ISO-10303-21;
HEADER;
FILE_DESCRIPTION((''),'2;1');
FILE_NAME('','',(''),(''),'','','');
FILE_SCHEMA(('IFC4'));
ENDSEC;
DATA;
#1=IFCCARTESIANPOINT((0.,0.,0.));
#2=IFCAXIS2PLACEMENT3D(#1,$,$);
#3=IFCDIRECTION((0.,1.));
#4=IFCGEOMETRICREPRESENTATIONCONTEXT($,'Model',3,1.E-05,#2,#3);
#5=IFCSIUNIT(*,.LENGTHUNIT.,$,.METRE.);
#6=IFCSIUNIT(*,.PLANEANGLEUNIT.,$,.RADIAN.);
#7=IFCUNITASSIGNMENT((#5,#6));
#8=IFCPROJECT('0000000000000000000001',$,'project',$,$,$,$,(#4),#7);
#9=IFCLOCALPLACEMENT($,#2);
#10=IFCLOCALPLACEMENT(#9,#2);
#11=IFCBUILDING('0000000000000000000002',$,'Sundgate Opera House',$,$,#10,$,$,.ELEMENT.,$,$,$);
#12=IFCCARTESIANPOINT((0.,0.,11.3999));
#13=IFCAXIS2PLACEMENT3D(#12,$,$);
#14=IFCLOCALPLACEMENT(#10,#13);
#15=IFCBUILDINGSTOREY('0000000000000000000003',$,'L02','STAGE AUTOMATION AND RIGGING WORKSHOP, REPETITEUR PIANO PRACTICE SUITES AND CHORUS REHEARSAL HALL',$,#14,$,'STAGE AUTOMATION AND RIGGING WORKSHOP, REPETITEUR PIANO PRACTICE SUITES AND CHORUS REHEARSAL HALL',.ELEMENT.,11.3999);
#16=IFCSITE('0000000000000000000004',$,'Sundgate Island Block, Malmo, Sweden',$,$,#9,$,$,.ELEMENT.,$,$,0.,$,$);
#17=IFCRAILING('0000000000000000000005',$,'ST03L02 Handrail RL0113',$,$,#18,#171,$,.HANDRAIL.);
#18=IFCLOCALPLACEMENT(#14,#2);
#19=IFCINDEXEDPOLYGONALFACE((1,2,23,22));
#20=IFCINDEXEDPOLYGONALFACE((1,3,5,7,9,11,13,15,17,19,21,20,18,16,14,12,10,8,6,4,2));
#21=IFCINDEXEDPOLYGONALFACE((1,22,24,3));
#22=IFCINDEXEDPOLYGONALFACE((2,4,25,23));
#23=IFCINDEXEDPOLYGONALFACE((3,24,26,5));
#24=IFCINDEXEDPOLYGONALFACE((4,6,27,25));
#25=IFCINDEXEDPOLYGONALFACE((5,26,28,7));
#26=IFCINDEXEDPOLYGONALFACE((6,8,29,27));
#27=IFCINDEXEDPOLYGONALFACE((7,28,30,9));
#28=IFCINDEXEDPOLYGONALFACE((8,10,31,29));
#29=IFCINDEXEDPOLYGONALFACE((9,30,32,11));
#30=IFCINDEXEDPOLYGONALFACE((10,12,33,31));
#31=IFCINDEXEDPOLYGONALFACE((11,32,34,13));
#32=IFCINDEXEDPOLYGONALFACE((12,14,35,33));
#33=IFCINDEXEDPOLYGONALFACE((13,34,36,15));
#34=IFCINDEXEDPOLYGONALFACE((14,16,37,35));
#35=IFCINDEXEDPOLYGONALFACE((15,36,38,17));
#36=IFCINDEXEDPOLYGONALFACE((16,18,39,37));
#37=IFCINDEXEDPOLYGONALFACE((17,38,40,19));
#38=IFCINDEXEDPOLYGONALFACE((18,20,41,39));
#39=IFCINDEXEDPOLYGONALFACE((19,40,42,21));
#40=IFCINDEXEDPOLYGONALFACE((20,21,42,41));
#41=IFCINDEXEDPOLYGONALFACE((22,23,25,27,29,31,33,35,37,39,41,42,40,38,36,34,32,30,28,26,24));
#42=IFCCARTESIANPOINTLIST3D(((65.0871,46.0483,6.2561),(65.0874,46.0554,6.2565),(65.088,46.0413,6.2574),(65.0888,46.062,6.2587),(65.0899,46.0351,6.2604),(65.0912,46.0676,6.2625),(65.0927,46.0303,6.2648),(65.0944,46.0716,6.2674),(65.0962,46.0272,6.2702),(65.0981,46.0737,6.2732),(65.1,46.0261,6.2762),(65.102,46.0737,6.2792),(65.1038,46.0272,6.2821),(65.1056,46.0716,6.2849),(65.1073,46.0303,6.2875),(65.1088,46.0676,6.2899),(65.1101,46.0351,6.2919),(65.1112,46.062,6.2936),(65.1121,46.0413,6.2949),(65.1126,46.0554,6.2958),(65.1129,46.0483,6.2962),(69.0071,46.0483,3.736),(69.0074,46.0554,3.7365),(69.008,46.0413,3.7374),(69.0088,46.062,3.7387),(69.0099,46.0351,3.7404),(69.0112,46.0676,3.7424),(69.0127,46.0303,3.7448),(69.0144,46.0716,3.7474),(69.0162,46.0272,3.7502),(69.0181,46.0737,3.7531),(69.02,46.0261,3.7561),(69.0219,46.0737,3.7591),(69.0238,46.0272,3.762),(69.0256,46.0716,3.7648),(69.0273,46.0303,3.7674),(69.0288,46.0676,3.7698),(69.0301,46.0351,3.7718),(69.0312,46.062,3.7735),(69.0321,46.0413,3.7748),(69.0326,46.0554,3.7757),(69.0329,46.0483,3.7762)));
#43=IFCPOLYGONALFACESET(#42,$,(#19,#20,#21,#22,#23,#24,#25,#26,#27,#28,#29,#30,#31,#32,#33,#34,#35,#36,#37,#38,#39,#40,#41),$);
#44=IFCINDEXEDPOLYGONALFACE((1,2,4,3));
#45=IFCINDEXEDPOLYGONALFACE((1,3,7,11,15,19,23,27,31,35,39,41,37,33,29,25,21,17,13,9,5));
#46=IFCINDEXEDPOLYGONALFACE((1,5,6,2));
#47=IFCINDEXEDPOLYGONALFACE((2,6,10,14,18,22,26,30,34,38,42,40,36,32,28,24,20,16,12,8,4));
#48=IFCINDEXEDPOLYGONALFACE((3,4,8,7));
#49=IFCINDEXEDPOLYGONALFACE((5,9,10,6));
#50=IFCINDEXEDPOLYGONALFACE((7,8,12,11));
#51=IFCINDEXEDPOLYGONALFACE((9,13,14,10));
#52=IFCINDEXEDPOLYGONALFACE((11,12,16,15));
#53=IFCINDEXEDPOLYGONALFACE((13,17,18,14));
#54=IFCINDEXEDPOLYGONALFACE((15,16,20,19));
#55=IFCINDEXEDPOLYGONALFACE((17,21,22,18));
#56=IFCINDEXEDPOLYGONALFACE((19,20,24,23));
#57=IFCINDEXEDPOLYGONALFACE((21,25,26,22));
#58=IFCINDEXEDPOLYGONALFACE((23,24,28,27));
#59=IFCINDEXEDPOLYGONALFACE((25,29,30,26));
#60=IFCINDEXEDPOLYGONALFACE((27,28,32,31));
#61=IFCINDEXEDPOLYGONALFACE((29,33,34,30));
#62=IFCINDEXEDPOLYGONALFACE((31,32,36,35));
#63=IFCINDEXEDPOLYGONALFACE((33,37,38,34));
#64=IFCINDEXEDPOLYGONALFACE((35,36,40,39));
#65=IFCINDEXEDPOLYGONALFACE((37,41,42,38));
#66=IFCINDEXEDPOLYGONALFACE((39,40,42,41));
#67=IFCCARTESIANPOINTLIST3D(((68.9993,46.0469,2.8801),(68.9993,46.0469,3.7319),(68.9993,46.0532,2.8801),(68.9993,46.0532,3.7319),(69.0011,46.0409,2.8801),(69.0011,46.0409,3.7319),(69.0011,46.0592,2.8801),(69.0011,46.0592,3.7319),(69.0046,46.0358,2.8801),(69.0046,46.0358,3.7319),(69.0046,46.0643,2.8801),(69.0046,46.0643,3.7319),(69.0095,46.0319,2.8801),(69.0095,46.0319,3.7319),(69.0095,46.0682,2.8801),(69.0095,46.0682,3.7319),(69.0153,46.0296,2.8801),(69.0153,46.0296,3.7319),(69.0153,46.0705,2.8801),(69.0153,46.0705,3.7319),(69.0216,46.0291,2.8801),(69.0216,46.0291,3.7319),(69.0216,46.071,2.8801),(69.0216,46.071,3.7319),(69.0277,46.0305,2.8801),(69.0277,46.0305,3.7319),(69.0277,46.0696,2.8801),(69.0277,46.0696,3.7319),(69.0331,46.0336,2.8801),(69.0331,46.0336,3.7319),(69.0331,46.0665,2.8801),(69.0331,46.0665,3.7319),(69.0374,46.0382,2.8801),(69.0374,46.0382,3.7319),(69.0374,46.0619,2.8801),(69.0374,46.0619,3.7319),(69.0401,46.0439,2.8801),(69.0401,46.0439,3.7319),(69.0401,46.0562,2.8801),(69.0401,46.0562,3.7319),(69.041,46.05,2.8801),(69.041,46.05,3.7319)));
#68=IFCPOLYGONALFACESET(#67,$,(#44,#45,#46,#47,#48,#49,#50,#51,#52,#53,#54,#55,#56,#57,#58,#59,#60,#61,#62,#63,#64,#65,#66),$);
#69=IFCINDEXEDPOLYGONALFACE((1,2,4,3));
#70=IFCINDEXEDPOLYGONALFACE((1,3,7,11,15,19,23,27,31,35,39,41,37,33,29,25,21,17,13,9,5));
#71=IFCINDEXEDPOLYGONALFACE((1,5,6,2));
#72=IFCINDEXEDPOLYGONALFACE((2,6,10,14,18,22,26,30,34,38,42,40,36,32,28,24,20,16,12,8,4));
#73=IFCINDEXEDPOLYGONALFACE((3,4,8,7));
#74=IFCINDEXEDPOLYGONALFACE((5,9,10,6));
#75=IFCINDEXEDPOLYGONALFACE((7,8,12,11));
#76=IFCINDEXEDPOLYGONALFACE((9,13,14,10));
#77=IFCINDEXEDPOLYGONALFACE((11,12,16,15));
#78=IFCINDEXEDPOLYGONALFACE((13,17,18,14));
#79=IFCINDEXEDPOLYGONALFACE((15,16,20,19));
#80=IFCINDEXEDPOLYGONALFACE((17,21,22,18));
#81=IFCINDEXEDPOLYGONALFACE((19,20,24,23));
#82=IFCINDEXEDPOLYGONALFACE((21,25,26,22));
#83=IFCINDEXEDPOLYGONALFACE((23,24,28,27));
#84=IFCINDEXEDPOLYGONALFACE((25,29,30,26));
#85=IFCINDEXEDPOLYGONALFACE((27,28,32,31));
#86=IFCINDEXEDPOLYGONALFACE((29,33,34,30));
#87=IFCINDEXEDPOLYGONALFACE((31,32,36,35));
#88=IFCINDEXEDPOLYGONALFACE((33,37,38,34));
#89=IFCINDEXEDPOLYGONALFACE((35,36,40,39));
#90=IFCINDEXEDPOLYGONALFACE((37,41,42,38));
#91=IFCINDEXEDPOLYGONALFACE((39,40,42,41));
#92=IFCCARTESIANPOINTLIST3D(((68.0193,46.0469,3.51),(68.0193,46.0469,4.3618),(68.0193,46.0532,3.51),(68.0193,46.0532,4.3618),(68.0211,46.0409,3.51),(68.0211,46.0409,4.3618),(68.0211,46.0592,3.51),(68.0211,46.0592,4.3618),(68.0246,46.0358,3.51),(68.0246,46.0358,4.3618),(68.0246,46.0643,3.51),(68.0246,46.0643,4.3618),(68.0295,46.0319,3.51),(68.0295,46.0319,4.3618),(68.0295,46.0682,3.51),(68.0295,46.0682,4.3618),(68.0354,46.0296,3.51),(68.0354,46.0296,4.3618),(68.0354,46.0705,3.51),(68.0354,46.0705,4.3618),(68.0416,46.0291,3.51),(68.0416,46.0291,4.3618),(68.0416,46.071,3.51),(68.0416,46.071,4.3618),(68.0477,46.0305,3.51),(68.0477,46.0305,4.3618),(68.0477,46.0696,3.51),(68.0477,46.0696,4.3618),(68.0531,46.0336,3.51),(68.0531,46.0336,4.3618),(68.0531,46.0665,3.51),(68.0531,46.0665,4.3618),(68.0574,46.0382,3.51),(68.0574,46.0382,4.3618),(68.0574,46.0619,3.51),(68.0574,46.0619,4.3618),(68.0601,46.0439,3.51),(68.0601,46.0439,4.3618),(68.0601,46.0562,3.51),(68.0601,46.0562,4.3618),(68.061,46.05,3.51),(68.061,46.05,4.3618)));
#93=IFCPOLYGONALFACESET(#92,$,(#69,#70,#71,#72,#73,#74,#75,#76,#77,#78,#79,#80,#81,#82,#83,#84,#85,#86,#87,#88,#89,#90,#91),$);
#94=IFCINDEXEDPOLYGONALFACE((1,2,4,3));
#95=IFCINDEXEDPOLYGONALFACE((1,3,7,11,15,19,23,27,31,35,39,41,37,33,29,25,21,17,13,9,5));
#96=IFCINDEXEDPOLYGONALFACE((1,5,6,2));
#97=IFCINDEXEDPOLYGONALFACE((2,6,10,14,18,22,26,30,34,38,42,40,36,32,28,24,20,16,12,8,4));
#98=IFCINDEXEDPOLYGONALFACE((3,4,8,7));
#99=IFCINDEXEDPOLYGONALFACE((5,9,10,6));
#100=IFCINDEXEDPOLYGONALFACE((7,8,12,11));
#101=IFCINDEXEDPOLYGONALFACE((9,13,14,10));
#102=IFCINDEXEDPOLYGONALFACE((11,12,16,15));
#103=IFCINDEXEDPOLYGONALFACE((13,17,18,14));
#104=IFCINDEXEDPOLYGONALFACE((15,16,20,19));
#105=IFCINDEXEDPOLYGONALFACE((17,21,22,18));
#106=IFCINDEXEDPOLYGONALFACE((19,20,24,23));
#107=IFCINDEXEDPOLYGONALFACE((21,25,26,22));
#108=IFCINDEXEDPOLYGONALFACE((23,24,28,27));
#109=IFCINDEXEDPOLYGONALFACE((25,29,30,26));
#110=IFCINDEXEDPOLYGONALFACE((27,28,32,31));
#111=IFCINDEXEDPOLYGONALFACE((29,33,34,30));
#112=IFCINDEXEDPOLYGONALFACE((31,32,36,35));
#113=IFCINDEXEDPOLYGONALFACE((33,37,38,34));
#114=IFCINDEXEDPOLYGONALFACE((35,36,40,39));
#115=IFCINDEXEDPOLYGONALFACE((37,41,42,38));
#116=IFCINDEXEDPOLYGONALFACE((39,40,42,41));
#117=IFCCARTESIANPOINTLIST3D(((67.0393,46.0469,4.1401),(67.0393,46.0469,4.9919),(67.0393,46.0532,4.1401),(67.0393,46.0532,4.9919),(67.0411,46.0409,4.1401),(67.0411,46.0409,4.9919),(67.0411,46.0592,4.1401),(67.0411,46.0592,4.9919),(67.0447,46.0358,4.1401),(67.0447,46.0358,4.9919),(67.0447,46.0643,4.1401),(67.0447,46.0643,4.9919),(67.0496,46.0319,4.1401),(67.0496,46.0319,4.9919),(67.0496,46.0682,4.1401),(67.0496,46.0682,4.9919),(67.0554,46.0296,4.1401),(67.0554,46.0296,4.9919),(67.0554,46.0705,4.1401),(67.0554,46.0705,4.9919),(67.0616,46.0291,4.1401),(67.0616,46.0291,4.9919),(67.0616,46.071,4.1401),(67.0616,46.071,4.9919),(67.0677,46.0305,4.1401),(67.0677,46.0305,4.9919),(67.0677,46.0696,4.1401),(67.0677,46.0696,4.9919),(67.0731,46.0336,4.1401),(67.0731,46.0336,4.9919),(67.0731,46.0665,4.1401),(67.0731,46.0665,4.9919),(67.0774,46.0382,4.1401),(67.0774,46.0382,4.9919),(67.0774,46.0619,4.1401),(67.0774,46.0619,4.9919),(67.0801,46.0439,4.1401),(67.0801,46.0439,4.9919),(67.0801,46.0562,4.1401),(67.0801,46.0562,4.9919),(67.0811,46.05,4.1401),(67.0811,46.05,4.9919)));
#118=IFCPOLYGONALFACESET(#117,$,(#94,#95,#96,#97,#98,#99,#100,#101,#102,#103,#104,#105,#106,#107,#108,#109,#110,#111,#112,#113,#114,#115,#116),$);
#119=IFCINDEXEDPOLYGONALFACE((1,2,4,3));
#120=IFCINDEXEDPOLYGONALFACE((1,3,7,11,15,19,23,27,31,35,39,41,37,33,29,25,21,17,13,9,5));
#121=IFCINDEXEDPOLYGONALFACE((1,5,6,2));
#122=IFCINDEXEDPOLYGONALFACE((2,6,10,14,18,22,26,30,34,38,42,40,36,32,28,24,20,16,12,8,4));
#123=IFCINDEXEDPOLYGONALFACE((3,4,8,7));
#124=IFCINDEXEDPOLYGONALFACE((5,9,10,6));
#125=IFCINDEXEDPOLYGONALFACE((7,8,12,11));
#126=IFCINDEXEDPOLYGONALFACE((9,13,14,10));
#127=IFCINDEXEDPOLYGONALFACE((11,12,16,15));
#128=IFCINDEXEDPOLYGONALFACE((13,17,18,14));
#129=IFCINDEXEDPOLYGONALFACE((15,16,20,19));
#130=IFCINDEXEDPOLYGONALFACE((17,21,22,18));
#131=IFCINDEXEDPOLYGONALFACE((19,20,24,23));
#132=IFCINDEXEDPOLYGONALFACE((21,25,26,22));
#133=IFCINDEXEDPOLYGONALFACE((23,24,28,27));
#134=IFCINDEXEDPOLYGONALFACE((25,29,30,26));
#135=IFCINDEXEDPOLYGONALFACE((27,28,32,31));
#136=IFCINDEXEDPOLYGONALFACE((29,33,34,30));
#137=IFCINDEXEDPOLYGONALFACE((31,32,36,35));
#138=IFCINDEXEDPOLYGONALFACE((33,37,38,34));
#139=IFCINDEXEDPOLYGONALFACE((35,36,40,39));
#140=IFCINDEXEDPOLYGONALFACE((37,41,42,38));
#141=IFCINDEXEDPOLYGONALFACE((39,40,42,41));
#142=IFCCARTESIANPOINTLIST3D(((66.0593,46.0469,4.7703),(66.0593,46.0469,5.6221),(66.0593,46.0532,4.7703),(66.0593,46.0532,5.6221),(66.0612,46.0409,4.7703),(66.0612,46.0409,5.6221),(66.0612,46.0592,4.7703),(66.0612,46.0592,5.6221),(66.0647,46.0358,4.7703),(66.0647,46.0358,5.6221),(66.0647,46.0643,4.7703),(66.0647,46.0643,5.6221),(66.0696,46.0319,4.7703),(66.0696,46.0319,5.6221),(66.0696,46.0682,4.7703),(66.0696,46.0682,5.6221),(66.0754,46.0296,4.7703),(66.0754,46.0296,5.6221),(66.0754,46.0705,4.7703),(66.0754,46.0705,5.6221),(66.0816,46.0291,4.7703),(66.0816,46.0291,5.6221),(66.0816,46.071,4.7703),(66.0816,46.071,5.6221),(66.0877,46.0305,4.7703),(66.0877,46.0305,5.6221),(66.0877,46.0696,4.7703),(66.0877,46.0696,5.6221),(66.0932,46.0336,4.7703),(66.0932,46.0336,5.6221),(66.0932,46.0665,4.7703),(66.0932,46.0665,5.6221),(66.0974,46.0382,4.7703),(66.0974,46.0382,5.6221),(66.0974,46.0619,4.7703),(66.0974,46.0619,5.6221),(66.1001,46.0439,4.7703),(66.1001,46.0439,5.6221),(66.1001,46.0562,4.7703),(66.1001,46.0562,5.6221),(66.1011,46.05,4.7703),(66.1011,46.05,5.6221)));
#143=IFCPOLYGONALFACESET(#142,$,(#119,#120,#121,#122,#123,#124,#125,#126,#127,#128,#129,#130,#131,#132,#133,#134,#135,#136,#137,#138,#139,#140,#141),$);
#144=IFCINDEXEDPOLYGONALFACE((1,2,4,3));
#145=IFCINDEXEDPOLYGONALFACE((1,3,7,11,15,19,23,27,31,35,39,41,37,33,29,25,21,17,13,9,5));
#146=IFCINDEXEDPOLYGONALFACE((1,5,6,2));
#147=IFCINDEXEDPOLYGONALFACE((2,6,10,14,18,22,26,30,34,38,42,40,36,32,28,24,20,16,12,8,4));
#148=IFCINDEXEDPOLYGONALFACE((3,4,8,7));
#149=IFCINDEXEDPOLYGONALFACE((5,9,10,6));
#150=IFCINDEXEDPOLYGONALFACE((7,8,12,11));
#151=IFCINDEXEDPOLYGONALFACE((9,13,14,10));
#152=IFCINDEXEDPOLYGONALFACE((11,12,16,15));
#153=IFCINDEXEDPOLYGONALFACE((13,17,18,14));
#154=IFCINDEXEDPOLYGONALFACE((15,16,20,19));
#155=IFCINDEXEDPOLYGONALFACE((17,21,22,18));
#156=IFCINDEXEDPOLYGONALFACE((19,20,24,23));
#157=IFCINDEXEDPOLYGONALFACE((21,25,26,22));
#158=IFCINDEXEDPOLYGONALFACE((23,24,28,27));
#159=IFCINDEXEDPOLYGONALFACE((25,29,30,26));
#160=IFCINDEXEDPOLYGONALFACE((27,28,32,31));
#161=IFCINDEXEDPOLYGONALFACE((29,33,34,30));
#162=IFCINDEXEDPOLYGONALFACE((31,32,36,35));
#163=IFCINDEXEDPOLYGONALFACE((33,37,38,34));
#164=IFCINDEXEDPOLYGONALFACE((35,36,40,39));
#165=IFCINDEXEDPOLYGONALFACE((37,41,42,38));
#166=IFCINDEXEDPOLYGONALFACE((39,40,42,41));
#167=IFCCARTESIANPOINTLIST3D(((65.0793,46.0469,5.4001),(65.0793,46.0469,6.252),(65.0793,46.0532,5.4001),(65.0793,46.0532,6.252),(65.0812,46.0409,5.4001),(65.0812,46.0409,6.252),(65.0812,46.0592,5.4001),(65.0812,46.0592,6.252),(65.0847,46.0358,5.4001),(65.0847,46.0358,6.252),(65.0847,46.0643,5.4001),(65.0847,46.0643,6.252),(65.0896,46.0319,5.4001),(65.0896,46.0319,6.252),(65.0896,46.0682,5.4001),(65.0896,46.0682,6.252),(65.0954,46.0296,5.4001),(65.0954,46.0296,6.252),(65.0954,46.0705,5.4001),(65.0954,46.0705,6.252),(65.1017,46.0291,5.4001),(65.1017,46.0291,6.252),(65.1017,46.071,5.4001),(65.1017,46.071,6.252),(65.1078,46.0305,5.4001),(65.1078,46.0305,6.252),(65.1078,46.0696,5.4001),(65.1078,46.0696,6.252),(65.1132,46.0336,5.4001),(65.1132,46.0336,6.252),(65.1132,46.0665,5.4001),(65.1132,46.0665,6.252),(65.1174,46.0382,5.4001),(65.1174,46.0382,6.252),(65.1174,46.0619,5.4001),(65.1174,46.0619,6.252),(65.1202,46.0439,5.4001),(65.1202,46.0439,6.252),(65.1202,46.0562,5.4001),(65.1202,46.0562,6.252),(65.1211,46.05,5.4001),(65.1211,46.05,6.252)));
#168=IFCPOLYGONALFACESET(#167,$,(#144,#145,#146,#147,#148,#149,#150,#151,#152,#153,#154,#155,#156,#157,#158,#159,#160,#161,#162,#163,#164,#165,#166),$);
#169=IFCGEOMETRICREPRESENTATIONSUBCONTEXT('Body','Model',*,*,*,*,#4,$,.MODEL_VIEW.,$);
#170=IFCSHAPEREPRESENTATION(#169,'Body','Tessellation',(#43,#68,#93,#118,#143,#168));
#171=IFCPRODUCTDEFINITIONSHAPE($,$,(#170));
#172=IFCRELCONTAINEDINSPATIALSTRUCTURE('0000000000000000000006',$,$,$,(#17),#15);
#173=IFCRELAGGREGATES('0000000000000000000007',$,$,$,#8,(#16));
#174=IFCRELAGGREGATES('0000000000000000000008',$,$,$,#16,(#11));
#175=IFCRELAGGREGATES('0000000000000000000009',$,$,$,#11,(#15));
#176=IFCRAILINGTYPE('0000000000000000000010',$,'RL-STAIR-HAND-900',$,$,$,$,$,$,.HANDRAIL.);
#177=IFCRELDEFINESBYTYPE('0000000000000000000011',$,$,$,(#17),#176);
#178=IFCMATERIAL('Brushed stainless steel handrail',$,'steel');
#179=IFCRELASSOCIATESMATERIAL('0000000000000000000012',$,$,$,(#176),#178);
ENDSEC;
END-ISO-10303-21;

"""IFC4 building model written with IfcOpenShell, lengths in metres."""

from ifc_helpers import new_model, si_unit, direction, frame, origin, origin_2d, place, context, subcontext, project, spatial, circle, extrude, material, type_object, element, save


model = new_model("IFC4")

# Units and contexts
model_context = context("Model", 3, precision=1e-05, world=origin(), true_north=direction((0.0, 1.0)))
body_context = subcontext(model_context, "Body", "Model", "MODEL_VIEW")
ifc_project = project(units=[si_unit("LENGTHUNIT", "METRE"), si_unit("PLANEANGLEUNIT", "RADIAN")], contexts=[model_context])

# Site, building, storey
site_placement = place(None, origin())
site = spatial("IfcSite", under=ifc_project, at=site_placement, Name="Sundgate Island Block, Malmo, Sweden", CompositionType="ELEMENT", RefElevation=0.0)
building_placement = place(site_placement, origin())
building = spatial("IfcBuilding", under=site, at=building_placement, Name="Sundgate Opera House", CompositionType="ELEMENT")
storey_placement = place(building_placement, frame((0.0, 0.0, 11.3999)))
storey = spatial("IfcBuildingStorey", under=building, at=storey_placement, Name="L02", Description="STAGE AUTOMATION AND RIGGING WORKSHOP, REPETITEUR PIANO PRACTICE SUITES AND CHORUS REHEARSAL HALL", LongName="STAGE AUTOMATION AND RIGGING WORKSHOP, REPETITEUR PIANO PRACTICE SUITES AND CHORUS REHEARSAL HALL", CompositionType="ELEMENT", Elevation=11.3999)

# Railing
ifc_material_1 = material(Name="Brushed stainless steel handrail", Category="steel")
railing_type_1 = type_object("IfcRailingType", Name="RL-STAIR-HAND-900", PredefinedType="HANDRAIL", material=ifc_material_1)
railing_1_placement = place(storey_placement, frame((69.02, 46.05, 2.8801)))
element("IfcRailing", 1, at=railing_1_placement, inside=storey, type_object=railing_type_1, Name="ST03L02 Handrail RL0113", PredefinedType="HANDRAIL", context=body_context, shape_type="SweptSolid", body=[
    extrude(circle(Radius=0.0239, at=origin_2d()), frame((0.0, 0.0, 0.876), z_axis=(-0.841172, 0.0, 0.540768), x_axis=(0.0, -1.0, 0.0)), (0.0, 0.0, 1.0), 4.6602),
    extrude(circle(Radius=0.021, at=origin_2d()), origin(), (0.0, 0.0, 1.0), 0.8518),
    extrude(circle(Radius=0.021, at=origin_2d()), frame((-0.98, 0.0, 0.6299)), (0.0, 0.0, 1.0), 0.8518),
    extrude(circle(Radius=0.021, at=origin_2d()), frame((-1.96, 0.0, 1.26)), (0.0, 0.0, 1.0), 0.8518),
    extrude(circle(Radius=0.021, at=origin_2d()), frame((-2.9399, 0.0, 1.8901)), (0.0, 0.0, 1.0), 0.8518),
    extrude(circle(Radius=0.021, at=origin_2d()), frame((-3.9199, 0.0, 2.52)), (0.0, 0.0, 1.0), 0.8518),
])

save(model, "model.ifc")
